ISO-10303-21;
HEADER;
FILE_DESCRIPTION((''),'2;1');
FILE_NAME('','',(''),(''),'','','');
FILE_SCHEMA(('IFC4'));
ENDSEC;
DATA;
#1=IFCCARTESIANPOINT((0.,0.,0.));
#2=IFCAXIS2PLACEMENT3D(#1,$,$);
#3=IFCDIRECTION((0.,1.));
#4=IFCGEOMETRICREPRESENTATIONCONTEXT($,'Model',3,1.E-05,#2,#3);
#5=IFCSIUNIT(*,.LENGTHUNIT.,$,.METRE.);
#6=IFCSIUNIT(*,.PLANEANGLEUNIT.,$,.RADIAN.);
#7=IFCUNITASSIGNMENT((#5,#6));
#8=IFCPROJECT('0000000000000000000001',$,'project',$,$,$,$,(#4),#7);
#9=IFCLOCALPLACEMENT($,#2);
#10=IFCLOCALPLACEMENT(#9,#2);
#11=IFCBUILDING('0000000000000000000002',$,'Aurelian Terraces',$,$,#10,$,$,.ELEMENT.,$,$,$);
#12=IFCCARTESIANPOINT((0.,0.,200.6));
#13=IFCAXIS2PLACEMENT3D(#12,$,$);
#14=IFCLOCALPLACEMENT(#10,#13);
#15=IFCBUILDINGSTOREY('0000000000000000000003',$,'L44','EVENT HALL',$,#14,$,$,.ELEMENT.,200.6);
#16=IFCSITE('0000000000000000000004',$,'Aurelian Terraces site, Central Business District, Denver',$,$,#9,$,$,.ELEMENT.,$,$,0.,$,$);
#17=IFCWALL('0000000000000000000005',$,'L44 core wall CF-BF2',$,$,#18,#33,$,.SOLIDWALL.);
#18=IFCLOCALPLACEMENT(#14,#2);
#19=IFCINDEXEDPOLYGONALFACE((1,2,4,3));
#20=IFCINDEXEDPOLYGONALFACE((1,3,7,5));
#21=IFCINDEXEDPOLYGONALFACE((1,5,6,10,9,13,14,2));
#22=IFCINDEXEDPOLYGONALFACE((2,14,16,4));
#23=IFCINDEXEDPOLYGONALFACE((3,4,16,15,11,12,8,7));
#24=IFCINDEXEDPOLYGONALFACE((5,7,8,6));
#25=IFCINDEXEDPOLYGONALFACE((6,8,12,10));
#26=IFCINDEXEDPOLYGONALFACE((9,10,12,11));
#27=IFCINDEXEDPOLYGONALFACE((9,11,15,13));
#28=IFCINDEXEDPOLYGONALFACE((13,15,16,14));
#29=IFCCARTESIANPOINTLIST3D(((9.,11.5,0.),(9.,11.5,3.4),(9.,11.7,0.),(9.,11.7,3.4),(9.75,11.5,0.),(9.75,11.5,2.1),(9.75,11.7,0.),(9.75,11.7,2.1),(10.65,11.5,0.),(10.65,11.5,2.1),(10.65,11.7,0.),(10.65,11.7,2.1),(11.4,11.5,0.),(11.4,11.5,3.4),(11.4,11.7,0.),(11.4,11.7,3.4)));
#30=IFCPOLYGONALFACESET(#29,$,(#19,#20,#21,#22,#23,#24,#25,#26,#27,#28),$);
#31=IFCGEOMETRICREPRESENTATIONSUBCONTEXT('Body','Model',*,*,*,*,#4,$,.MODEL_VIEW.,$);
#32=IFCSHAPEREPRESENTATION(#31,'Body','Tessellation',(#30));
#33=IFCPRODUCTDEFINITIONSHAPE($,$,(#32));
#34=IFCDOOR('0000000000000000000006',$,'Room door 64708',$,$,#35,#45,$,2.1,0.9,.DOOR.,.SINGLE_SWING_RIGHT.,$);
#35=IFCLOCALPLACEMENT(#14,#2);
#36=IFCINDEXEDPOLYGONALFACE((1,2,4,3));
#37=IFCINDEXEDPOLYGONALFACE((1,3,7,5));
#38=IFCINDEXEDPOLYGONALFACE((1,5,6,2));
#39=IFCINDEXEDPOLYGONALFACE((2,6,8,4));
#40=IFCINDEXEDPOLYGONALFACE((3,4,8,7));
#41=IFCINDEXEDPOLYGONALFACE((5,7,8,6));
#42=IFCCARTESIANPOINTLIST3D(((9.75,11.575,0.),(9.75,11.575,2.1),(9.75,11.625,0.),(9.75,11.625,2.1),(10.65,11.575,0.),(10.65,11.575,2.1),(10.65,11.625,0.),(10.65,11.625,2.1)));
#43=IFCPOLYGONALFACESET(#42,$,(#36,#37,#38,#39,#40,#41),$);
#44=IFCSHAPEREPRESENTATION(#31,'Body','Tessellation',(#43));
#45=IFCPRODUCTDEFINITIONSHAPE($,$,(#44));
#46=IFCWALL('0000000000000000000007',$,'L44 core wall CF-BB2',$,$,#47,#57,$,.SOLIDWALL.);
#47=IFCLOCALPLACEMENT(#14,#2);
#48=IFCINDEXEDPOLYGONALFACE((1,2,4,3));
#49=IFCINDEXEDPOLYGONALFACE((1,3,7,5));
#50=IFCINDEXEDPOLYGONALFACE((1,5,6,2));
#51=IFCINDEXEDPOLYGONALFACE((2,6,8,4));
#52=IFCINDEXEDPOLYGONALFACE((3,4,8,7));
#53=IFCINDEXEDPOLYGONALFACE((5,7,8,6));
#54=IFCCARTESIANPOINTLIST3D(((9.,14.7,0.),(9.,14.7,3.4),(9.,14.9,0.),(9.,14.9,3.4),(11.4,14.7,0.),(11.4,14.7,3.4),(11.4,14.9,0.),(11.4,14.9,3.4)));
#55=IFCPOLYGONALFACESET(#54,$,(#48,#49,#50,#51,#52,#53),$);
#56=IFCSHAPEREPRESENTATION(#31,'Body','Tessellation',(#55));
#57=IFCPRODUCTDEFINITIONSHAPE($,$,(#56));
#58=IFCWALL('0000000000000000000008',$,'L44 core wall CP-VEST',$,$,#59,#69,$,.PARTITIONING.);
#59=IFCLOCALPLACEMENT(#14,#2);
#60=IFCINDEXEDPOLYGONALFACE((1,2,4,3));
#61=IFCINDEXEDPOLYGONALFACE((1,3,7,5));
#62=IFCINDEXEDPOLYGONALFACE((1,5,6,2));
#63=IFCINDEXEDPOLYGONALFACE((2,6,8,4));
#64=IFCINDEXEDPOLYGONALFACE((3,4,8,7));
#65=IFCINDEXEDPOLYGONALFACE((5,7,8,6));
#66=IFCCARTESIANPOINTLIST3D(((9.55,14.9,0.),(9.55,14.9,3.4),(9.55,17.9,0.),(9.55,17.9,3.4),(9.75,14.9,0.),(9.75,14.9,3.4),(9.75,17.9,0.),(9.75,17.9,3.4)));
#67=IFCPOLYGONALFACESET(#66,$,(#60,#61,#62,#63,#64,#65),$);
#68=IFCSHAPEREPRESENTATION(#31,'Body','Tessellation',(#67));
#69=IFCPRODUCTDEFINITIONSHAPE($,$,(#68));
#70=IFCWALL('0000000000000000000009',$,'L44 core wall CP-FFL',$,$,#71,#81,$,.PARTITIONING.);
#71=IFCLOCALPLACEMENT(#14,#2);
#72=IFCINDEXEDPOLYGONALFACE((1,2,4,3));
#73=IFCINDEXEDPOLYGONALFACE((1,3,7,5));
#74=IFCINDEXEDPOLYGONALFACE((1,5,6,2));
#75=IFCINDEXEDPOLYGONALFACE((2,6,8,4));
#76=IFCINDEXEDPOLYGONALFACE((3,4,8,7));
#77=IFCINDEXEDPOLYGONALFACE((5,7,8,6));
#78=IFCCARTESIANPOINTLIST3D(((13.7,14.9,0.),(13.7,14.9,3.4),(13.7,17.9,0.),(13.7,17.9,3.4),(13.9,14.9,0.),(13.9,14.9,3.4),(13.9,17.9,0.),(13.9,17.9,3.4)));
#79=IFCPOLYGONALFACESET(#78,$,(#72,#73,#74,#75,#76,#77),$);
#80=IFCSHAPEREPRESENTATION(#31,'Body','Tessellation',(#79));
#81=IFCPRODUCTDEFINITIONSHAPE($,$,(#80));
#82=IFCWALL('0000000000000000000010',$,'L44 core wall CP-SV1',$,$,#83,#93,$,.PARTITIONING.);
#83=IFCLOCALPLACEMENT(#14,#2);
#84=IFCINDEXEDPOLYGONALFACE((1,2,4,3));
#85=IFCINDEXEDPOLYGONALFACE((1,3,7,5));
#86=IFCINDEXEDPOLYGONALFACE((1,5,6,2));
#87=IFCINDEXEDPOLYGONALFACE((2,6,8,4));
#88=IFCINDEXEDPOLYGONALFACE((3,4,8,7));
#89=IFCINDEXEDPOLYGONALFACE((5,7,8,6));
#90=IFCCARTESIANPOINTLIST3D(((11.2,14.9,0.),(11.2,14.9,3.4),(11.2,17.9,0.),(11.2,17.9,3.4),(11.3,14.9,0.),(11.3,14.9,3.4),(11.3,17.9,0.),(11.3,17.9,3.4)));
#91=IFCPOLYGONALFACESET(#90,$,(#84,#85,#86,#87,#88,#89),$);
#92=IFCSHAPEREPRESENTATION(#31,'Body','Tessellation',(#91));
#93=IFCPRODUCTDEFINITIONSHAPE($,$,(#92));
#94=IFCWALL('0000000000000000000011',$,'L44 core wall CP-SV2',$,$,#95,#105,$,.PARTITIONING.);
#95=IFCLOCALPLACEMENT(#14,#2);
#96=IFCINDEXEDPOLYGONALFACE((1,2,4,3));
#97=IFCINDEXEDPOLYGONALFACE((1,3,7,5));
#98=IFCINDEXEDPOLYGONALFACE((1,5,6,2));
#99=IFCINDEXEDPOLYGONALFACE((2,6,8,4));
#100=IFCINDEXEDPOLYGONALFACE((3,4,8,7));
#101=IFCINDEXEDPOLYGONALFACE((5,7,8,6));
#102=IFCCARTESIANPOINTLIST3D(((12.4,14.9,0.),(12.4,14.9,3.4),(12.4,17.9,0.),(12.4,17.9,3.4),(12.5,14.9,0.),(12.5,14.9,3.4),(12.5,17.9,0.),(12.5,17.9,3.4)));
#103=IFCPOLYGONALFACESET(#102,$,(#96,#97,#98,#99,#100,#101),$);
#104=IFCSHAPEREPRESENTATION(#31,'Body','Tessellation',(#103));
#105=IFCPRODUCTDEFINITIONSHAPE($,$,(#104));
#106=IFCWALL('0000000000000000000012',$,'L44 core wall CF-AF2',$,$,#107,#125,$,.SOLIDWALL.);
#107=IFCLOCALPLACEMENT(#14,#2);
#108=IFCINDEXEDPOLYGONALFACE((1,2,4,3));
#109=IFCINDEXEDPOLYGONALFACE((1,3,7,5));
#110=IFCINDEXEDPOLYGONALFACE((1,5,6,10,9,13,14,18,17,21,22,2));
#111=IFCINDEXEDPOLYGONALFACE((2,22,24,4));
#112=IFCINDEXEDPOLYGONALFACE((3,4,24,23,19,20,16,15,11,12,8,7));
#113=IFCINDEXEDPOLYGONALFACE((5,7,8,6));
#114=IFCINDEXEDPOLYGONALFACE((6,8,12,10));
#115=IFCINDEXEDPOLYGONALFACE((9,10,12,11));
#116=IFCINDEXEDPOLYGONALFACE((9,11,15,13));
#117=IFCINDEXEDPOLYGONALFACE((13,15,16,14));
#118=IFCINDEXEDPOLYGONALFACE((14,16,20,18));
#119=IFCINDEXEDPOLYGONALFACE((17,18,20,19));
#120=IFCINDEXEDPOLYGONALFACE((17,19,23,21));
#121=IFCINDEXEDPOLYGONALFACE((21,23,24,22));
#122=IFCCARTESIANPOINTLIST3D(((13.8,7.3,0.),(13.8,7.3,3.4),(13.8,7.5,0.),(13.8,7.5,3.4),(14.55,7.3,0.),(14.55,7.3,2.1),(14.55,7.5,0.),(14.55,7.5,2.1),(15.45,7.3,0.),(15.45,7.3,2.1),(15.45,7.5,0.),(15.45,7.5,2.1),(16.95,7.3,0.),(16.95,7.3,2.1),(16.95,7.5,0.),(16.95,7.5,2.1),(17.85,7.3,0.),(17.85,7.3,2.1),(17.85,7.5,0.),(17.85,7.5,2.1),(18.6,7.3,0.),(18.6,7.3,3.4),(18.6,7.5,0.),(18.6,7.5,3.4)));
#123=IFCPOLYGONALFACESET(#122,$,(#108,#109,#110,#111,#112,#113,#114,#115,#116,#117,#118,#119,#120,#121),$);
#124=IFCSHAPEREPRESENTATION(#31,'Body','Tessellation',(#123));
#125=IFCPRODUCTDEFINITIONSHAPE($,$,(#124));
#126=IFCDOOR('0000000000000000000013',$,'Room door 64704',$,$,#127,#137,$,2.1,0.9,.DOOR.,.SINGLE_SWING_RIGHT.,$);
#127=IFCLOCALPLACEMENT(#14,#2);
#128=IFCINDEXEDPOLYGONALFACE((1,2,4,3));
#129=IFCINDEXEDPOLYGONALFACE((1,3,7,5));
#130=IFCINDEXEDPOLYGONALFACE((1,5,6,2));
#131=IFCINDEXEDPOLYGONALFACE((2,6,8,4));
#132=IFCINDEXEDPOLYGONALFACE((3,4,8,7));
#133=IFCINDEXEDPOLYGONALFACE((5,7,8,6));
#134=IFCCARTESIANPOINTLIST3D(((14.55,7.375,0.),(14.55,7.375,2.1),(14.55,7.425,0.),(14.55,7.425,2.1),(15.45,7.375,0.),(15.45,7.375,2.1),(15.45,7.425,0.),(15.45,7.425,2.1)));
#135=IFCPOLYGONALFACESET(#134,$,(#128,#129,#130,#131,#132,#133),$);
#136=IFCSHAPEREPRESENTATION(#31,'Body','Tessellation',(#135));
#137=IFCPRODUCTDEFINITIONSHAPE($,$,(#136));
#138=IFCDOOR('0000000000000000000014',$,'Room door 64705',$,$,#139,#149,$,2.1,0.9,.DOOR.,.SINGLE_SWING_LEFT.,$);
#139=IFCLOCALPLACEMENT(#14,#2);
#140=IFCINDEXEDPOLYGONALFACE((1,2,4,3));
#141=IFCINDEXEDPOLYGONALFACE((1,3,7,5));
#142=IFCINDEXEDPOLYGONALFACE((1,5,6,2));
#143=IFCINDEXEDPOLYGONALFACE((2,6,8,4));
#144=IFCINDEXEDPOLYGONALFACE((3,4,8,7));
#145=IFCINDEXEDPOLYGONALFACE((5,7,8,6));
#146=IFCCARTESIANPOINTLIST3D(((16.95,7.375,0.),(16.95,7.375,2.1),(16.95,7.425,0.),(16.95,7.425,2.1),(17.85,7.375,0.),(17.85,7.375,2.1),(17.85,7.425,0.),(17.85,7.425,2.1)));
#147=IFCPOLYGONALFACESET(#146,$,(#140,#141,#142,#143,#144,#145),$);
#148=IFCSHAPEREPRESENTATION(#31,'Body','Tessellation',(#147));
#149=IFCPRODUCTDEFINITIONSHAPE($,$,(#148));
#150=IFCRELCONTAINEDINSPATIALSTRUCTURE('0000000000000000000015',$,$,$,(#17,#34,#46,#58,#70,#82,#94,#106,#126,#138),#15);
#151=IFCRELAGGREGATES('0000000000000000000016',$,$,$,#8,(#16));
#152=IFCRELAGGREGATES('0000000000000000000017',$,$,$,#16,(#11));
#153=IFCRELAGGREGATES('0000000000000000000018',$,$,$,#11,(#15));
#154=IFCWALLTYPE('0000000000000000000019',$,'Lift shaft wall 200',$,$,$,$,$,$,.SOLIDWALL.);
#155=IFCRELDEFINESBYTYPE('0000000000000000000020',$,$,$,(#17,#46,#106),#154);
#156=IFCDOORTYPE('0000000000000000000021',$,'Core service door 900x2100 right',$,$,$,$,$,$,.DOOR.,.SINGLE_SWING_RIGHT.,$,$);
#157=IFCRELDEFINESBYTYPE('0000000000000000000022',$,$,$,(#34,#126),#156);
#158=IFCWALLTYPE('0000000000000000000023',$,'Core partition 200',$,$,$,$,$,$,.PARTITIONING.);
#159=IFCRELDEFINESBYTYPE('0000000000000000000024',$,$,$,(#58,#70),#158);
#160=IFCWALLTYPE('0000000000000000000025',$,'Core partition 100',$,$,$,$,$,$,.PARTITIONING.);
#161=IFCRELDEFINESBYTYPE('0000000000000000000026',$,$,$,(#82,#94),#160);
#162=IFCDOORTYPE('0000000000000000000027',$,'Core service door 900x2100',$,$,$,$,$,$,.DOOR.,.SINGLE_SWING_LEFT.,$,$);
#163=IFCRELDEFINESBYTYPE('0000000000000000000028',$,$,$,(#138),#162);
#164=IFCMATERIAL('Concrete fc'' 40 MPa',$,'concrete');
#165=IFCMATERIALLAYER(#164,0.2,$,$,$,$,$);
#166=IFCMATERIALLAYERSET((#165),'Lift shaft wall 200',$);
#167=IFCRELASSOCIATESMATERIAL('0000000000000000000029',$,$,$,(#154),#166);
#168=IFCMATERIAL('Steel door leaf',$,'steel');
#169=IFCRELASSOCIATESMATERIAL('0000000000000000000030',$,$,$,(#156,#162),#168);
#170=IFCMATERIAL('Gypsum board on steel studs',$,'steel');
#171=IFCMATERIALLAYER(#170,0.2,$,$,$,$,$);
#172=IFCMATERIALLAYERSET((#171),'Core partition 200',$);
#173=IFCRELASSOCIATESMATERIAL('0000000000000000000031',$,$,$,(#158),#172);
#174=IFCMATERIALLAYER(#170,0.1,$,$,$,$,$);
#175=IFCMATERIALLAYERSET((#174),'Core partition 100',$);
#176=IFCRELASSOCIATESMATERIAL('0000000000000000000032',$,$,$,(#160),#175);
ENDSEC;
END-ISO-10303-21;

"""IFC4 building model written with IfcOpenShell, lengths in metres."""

from ifc_helpers import new_model, si_unit, direction, frame, frame_2d, origin, place, context, subcontext, project, spatial, rectangle, extrude, source, transform, mapped, material, layer, layer_set, type_object, element, fill, save


model = new_model("IFC4")

# Units and contexts
model_context = context("Model", 3, precision=1e-05, world=origin(), true_north=direction((0.0, 1.0)))
body_context = subcontext(model_context, "Body", "Model", "MODEL_VIEW")
ifc_project = project(units=[si_unit("LENGTHUNIT", "METRE"), si_unit("PLANEANGLEUNIT", "RADIAN")], contexts=[model_context])

# Site, building, storey
site_placement = place(None, origin())
site = spatial("IfcSite", under=ifc_project, at=site_placement, Name="Aurelian Terraces site, Central Business District, Denver", CompositionType="ELEMENT", RefElevation=0.0)
building_placement = place(site_placement, origin())
building = spatial("IfcBuilding", under=site, at=building_placement, Name="Aurelian Terraces", CompositionType="ELEMENT")
storey_placement = place(building_placement, frame((0.0, 0.0, 200.6)))
storey = spatial("IfcBuildingStorey", under=building, at=storey_placement, Name="L44", Description="EVENT HALL", CompositionType="ELEMENT", Elevation=200.6)

# Shared definitions
ifc_material_1 = material(Name="Concrete fc' 40 MPa", Category="concrete")
ifc_layer_1 = layer(ifc_material_1, 0.2)
ifc_layer_set_1 = layer_set([ifc_layer_1], Name="Lift shaft wall 200")
wall_type_1 = type_object("IfcWallType", Name="Lift shaft wall 200", PredefinedType="SOLIDWALL", material=ifc_layer_set_1)

# Wall, opening, door
shared_shape_1 = source(origin(), body_context, "Body", "SweptSolid", [
    extrude(rectangle(XDim=2.4, YDim=0.2, at=frame_2d((1.2, 0.0))), origin(), (0.0, 0.0, 1.0), 3.4),
])
wall_1_placement = place(storey_placement, frame((9.0, 11.6, 0.0), z_axis=(0.0, 0.0, 1.0), x_axis=(1.0, 0.0, 0.0)))
wall_1 = element("IfcWall", 1, at=wall_1_placement, inside=storey, type_object=wall_type_1, Name="L44 core wall CF-BF2", PredefinedType="SOLIDWALL", context=body_context, shape_type="MappedRepresentation", body=[
    mapped(shared_shape_1, transform((0.0, 0.0, 0.0), scale=1.0)),
])
shared_shape_2 = source(origin(), body_context, "Body", "SweptSolid", [
    extrude(rectangle(XDim=0.9, YDim=2.1, at=frame_2d((0.45, 1.05))), frame((0.0, 0.11, 0.0), z_axis=(0.0, -1.0, 0.0), x_axis=(1.0, 0.0, 0.0)), (0.0, 0.0, 1.0), 0.22),
])
opening_1_placement = place(wall_1_placement, frame((0.75, 0.0, 0.0)))
opening_1 = element("IfcOpeningElement", 2, at=opening_1_placement, cuts=wall_1, PredefinedType="OPENING", context=body_context, shape_type="MappedRepresentation", body=[
    mapped(shared_shape_2, transform((0.0, 0.0, 0.0), scale=1.0)),
])
ifc_material_2 = material(Name="Steel door leaf", Category="steel")
door_type_1 = type_object("IfcDoorType", Name="Core service door 900x2100 right", OperationType="SINGLE_SWING_RIGHT", PredefinedType="DOOR", material=ifc_material_2)
shared_shape_3 = source(origin(), body_context, "Body", "SweptSolid", [
    extrude(rectangle(XDim=0.9, YDim=2.1, at=frame_2d((0.45, 1.05))), frame((0.0, 0.025, 0.0), z_axis=(0.0, -1.0, 0.0), x_axis=(1.0, 0.0, 0.0)), (0.0, 0.0, 1.0), 0.05),
])
door_1_placement = place(opening_1_placement, origin())
door_1 = element("IfcDoor", 3, at=door_1_placement, inside=storey, type_object=door_type_1, Name="Room door 64708", OperationType="SINGLE_SWING_RIGHT", OverallHeight=2.1, OverallWidth=0.9, PredefinedType="DOOR", context=body_context, shape_type="MappedRepresentation", body=[
    mapped(shared_shape_3, transform((0.0, 0.0, 0.0), scale=1.0)),
])
fill(opening_1, door_1)

# Walls
wall_2_placement = place(storey_placement, frame((9.0, 14.8, 0.0), z_axis=(0.0, 0.0, 1.0), x_axis=(1.0, 0.0, 0.0)))
element("IfcWall", 4, at=wall_2_placement, inside=storey, type_object=wall_type_1, Name="L44 core wall CF-BB2", PredefinedType="SOLIDWALL", context=body_context, shape_type="MappedRepresentation", body=[
    mapped(shared_shape_1, transform((0.0, 0.0, 0.0), scale=1.0)),
])
ifc_material_3 = material(Name="Gypsum board on steel studs", Category="steel")
ifc_layer_2 = layer(ifc_material_3, 0.2)
ifc_layer_set_2 = layer_set([ifc_layer_2], Name="Core partition 200")
wall_type_2 = type_object("IfcWallType", Name="Core partition 200", PredefinedType="PARTITIONING", material=ifc_layer_set_2)
shared_shape_4 = source(origin(), body_context, "Body", "SweptSolid", [
    extrude(rectangle(XDim=3.0, YDim=0.2, at=frame_2d((1.5, 0.0))), origin(), (0.0, 0.0, 1.0), 3.4),
])
for number, where, z_axis, x_axis, name in (
    (5, (9.65, 14.9, 0.0), (0.0, 0.0, 1.0), (0.0, 1.0, 0.0), "L44 core wall CP-VEST"),
    (6, (13.8, 14.9, 0.0), (0.0, 0.0, 1.0), (0.0, 1.0, 0.0), "L44 core wall CP-FFL"),
):
    element("IfcWall", number, at=place(storey_placement, frame(where, z_axis=z_axis, x_axis=x_axis)), inside=storey, type_object=wall_type_2, Name=name, PredefinedType="PARTITIONING", context=body_context, shape_type="MappedRepresentation", body=[
        mapped(shared_shape_4, transform((0.0, 0.0, 0.0), scale=1.0)),
    ])
ifc_layer_3 = layer(ifc_material_3, 0.1)
ifc_layer_set_3 = layer_set([ifc_layer_3], Name="Core partition 100")
wall_type_3 = type_object("IfcWallType", Name="Core partition 100", PredefinedType="PARTITIONING", material=ifc_layer_set_3)
shared_shape_5 = source(origin(), body_context, "Body", "SweptSolid", [
    extrude(rectangle(XDim=3.0, YDim=0.1, at=frame_2d((1.5, 0.0))), origin(), (0.0, 0.0, 1.0), 3.4),
])
for number, where, z_axis, x_axis, name in (
    (7, (11.25, 14.9, 0.0), (0.0, 0.0, 1.0), (0.0, 1.0, 0.0), "L44 core wall CP-SV1"),
    (8, (12.45, 14.9, 0.0), (0.0, 0.0, 1.0), (0.0, 1.0, 0.0), "L44 core wall CP-SV2"),
):
    element("IfcWall", number, at=place(storey_placement, frame(where, z_axis=z_axis, x_axis=x_axis)), inside=storey, type_object=wall_type_3, Name=name, PredefinedType="PARTITIONING", context=body_context, shape_type="MappedRepresentation", body=[
        mapped(shared_shape_5, transform((0.0, 0.0, 0.0), scale=1.0)),
    ])

# Wall, openings, doors
shared_shape_6 = source(origin(), body_context, "Body", "SweptSolid", [
    extrude(rectangle(XDim=4.8, YDim=0.2, at=frame_2d((2.4, 0.0))), origin(), (0.0, 0.0, 1.0), 3.4),
])
wall_3_placement = place(storey_placement, frame((13.8, 7.4, 0.0), z_axis=(0.0, 0.0, 1.0), x_axis=(1.0, 0.0, 0.0)))
wall_3 = element("IfcWall", 9, at=wall_3_placement, inside=storey, type_object=wall_type_1, Name="L44 core wall CF-AF2", PredefinedType="SOLIDWALL", context=body_context, shape_type="MappedRepresentation", body=[
    mapped(shared_shape_6, transform((0.0, 0.0, 0.0), scale=1.0)),
])
opening_2_placement = place(wall_3_placement, frame((0.75, 0.0, 0.0)))
opening_2 = element("IfcOpeningElement", 10, at=opening_2_placement, cuts=wall_3, PredefinedType="OPENING", context=body_context, shape_type="MappedRepresentation", body=[
    mapped(shared_shape_2, transform((0.0, 0.0, 0.0), scale=1.0)),
])
opening_3_placement = place(wall_3_placement, frame((3.15, 0.0, 0.0)))
opening_3 = element("IfcOpeningElement", 11, at=opening_3_placement, cuts=wall_3, PredefinedType="OPENING", context=body_context, shape_type="MappedRepresentation", body=[
    mapped(shared_shape_2, transform((0.0, 0.0, 0.0), scale=1.0)),
])
door_2_placement = place(opening_2_placement, origin())
door_2 = element("IfcDoor", 12, at=door_2_placement, inside=storey, type_object=door_type_1, Name="Room door 64704", OperationType="SINGLE_SWING_RIGHT", OverallHeight=2.1, OverallWidth=0.9, PredefinedType="DOOR", context=body_context, shape_type="MappedRepresentation", body=[
    mapped(shared_shape_3, transform((0.0, 0.0, 0.0), scale=1.0)),
])
fill(opening_2, door_2)
door_type_2 = type_object("IfcDoorType", Name="Core service door 900x2100", OperationType="SINGLE_SWING_LEFT", PredefinedType="DOOR", material=ifc_material_2)
door_3_placement = place(opening_3_placement, origin())
door_3 = element("IfcDoor", 13, at=door_3_placement, inside=storey, type_object=door_type_2, Name="Room door 64705", OperationType="SINGLE_SWING_LEFT", OverallHeight=2.1, OverallWidth=0.9, PredefinedType="DOOR", context=body_context, shape_type="MappedRepresentation", body=[
    mapped(shared_shape_3, transform((0.0, 0.0, 0.0), scale=1.0)),
])
fill(opening_3, door_3)

save(model, "model.ifc")
